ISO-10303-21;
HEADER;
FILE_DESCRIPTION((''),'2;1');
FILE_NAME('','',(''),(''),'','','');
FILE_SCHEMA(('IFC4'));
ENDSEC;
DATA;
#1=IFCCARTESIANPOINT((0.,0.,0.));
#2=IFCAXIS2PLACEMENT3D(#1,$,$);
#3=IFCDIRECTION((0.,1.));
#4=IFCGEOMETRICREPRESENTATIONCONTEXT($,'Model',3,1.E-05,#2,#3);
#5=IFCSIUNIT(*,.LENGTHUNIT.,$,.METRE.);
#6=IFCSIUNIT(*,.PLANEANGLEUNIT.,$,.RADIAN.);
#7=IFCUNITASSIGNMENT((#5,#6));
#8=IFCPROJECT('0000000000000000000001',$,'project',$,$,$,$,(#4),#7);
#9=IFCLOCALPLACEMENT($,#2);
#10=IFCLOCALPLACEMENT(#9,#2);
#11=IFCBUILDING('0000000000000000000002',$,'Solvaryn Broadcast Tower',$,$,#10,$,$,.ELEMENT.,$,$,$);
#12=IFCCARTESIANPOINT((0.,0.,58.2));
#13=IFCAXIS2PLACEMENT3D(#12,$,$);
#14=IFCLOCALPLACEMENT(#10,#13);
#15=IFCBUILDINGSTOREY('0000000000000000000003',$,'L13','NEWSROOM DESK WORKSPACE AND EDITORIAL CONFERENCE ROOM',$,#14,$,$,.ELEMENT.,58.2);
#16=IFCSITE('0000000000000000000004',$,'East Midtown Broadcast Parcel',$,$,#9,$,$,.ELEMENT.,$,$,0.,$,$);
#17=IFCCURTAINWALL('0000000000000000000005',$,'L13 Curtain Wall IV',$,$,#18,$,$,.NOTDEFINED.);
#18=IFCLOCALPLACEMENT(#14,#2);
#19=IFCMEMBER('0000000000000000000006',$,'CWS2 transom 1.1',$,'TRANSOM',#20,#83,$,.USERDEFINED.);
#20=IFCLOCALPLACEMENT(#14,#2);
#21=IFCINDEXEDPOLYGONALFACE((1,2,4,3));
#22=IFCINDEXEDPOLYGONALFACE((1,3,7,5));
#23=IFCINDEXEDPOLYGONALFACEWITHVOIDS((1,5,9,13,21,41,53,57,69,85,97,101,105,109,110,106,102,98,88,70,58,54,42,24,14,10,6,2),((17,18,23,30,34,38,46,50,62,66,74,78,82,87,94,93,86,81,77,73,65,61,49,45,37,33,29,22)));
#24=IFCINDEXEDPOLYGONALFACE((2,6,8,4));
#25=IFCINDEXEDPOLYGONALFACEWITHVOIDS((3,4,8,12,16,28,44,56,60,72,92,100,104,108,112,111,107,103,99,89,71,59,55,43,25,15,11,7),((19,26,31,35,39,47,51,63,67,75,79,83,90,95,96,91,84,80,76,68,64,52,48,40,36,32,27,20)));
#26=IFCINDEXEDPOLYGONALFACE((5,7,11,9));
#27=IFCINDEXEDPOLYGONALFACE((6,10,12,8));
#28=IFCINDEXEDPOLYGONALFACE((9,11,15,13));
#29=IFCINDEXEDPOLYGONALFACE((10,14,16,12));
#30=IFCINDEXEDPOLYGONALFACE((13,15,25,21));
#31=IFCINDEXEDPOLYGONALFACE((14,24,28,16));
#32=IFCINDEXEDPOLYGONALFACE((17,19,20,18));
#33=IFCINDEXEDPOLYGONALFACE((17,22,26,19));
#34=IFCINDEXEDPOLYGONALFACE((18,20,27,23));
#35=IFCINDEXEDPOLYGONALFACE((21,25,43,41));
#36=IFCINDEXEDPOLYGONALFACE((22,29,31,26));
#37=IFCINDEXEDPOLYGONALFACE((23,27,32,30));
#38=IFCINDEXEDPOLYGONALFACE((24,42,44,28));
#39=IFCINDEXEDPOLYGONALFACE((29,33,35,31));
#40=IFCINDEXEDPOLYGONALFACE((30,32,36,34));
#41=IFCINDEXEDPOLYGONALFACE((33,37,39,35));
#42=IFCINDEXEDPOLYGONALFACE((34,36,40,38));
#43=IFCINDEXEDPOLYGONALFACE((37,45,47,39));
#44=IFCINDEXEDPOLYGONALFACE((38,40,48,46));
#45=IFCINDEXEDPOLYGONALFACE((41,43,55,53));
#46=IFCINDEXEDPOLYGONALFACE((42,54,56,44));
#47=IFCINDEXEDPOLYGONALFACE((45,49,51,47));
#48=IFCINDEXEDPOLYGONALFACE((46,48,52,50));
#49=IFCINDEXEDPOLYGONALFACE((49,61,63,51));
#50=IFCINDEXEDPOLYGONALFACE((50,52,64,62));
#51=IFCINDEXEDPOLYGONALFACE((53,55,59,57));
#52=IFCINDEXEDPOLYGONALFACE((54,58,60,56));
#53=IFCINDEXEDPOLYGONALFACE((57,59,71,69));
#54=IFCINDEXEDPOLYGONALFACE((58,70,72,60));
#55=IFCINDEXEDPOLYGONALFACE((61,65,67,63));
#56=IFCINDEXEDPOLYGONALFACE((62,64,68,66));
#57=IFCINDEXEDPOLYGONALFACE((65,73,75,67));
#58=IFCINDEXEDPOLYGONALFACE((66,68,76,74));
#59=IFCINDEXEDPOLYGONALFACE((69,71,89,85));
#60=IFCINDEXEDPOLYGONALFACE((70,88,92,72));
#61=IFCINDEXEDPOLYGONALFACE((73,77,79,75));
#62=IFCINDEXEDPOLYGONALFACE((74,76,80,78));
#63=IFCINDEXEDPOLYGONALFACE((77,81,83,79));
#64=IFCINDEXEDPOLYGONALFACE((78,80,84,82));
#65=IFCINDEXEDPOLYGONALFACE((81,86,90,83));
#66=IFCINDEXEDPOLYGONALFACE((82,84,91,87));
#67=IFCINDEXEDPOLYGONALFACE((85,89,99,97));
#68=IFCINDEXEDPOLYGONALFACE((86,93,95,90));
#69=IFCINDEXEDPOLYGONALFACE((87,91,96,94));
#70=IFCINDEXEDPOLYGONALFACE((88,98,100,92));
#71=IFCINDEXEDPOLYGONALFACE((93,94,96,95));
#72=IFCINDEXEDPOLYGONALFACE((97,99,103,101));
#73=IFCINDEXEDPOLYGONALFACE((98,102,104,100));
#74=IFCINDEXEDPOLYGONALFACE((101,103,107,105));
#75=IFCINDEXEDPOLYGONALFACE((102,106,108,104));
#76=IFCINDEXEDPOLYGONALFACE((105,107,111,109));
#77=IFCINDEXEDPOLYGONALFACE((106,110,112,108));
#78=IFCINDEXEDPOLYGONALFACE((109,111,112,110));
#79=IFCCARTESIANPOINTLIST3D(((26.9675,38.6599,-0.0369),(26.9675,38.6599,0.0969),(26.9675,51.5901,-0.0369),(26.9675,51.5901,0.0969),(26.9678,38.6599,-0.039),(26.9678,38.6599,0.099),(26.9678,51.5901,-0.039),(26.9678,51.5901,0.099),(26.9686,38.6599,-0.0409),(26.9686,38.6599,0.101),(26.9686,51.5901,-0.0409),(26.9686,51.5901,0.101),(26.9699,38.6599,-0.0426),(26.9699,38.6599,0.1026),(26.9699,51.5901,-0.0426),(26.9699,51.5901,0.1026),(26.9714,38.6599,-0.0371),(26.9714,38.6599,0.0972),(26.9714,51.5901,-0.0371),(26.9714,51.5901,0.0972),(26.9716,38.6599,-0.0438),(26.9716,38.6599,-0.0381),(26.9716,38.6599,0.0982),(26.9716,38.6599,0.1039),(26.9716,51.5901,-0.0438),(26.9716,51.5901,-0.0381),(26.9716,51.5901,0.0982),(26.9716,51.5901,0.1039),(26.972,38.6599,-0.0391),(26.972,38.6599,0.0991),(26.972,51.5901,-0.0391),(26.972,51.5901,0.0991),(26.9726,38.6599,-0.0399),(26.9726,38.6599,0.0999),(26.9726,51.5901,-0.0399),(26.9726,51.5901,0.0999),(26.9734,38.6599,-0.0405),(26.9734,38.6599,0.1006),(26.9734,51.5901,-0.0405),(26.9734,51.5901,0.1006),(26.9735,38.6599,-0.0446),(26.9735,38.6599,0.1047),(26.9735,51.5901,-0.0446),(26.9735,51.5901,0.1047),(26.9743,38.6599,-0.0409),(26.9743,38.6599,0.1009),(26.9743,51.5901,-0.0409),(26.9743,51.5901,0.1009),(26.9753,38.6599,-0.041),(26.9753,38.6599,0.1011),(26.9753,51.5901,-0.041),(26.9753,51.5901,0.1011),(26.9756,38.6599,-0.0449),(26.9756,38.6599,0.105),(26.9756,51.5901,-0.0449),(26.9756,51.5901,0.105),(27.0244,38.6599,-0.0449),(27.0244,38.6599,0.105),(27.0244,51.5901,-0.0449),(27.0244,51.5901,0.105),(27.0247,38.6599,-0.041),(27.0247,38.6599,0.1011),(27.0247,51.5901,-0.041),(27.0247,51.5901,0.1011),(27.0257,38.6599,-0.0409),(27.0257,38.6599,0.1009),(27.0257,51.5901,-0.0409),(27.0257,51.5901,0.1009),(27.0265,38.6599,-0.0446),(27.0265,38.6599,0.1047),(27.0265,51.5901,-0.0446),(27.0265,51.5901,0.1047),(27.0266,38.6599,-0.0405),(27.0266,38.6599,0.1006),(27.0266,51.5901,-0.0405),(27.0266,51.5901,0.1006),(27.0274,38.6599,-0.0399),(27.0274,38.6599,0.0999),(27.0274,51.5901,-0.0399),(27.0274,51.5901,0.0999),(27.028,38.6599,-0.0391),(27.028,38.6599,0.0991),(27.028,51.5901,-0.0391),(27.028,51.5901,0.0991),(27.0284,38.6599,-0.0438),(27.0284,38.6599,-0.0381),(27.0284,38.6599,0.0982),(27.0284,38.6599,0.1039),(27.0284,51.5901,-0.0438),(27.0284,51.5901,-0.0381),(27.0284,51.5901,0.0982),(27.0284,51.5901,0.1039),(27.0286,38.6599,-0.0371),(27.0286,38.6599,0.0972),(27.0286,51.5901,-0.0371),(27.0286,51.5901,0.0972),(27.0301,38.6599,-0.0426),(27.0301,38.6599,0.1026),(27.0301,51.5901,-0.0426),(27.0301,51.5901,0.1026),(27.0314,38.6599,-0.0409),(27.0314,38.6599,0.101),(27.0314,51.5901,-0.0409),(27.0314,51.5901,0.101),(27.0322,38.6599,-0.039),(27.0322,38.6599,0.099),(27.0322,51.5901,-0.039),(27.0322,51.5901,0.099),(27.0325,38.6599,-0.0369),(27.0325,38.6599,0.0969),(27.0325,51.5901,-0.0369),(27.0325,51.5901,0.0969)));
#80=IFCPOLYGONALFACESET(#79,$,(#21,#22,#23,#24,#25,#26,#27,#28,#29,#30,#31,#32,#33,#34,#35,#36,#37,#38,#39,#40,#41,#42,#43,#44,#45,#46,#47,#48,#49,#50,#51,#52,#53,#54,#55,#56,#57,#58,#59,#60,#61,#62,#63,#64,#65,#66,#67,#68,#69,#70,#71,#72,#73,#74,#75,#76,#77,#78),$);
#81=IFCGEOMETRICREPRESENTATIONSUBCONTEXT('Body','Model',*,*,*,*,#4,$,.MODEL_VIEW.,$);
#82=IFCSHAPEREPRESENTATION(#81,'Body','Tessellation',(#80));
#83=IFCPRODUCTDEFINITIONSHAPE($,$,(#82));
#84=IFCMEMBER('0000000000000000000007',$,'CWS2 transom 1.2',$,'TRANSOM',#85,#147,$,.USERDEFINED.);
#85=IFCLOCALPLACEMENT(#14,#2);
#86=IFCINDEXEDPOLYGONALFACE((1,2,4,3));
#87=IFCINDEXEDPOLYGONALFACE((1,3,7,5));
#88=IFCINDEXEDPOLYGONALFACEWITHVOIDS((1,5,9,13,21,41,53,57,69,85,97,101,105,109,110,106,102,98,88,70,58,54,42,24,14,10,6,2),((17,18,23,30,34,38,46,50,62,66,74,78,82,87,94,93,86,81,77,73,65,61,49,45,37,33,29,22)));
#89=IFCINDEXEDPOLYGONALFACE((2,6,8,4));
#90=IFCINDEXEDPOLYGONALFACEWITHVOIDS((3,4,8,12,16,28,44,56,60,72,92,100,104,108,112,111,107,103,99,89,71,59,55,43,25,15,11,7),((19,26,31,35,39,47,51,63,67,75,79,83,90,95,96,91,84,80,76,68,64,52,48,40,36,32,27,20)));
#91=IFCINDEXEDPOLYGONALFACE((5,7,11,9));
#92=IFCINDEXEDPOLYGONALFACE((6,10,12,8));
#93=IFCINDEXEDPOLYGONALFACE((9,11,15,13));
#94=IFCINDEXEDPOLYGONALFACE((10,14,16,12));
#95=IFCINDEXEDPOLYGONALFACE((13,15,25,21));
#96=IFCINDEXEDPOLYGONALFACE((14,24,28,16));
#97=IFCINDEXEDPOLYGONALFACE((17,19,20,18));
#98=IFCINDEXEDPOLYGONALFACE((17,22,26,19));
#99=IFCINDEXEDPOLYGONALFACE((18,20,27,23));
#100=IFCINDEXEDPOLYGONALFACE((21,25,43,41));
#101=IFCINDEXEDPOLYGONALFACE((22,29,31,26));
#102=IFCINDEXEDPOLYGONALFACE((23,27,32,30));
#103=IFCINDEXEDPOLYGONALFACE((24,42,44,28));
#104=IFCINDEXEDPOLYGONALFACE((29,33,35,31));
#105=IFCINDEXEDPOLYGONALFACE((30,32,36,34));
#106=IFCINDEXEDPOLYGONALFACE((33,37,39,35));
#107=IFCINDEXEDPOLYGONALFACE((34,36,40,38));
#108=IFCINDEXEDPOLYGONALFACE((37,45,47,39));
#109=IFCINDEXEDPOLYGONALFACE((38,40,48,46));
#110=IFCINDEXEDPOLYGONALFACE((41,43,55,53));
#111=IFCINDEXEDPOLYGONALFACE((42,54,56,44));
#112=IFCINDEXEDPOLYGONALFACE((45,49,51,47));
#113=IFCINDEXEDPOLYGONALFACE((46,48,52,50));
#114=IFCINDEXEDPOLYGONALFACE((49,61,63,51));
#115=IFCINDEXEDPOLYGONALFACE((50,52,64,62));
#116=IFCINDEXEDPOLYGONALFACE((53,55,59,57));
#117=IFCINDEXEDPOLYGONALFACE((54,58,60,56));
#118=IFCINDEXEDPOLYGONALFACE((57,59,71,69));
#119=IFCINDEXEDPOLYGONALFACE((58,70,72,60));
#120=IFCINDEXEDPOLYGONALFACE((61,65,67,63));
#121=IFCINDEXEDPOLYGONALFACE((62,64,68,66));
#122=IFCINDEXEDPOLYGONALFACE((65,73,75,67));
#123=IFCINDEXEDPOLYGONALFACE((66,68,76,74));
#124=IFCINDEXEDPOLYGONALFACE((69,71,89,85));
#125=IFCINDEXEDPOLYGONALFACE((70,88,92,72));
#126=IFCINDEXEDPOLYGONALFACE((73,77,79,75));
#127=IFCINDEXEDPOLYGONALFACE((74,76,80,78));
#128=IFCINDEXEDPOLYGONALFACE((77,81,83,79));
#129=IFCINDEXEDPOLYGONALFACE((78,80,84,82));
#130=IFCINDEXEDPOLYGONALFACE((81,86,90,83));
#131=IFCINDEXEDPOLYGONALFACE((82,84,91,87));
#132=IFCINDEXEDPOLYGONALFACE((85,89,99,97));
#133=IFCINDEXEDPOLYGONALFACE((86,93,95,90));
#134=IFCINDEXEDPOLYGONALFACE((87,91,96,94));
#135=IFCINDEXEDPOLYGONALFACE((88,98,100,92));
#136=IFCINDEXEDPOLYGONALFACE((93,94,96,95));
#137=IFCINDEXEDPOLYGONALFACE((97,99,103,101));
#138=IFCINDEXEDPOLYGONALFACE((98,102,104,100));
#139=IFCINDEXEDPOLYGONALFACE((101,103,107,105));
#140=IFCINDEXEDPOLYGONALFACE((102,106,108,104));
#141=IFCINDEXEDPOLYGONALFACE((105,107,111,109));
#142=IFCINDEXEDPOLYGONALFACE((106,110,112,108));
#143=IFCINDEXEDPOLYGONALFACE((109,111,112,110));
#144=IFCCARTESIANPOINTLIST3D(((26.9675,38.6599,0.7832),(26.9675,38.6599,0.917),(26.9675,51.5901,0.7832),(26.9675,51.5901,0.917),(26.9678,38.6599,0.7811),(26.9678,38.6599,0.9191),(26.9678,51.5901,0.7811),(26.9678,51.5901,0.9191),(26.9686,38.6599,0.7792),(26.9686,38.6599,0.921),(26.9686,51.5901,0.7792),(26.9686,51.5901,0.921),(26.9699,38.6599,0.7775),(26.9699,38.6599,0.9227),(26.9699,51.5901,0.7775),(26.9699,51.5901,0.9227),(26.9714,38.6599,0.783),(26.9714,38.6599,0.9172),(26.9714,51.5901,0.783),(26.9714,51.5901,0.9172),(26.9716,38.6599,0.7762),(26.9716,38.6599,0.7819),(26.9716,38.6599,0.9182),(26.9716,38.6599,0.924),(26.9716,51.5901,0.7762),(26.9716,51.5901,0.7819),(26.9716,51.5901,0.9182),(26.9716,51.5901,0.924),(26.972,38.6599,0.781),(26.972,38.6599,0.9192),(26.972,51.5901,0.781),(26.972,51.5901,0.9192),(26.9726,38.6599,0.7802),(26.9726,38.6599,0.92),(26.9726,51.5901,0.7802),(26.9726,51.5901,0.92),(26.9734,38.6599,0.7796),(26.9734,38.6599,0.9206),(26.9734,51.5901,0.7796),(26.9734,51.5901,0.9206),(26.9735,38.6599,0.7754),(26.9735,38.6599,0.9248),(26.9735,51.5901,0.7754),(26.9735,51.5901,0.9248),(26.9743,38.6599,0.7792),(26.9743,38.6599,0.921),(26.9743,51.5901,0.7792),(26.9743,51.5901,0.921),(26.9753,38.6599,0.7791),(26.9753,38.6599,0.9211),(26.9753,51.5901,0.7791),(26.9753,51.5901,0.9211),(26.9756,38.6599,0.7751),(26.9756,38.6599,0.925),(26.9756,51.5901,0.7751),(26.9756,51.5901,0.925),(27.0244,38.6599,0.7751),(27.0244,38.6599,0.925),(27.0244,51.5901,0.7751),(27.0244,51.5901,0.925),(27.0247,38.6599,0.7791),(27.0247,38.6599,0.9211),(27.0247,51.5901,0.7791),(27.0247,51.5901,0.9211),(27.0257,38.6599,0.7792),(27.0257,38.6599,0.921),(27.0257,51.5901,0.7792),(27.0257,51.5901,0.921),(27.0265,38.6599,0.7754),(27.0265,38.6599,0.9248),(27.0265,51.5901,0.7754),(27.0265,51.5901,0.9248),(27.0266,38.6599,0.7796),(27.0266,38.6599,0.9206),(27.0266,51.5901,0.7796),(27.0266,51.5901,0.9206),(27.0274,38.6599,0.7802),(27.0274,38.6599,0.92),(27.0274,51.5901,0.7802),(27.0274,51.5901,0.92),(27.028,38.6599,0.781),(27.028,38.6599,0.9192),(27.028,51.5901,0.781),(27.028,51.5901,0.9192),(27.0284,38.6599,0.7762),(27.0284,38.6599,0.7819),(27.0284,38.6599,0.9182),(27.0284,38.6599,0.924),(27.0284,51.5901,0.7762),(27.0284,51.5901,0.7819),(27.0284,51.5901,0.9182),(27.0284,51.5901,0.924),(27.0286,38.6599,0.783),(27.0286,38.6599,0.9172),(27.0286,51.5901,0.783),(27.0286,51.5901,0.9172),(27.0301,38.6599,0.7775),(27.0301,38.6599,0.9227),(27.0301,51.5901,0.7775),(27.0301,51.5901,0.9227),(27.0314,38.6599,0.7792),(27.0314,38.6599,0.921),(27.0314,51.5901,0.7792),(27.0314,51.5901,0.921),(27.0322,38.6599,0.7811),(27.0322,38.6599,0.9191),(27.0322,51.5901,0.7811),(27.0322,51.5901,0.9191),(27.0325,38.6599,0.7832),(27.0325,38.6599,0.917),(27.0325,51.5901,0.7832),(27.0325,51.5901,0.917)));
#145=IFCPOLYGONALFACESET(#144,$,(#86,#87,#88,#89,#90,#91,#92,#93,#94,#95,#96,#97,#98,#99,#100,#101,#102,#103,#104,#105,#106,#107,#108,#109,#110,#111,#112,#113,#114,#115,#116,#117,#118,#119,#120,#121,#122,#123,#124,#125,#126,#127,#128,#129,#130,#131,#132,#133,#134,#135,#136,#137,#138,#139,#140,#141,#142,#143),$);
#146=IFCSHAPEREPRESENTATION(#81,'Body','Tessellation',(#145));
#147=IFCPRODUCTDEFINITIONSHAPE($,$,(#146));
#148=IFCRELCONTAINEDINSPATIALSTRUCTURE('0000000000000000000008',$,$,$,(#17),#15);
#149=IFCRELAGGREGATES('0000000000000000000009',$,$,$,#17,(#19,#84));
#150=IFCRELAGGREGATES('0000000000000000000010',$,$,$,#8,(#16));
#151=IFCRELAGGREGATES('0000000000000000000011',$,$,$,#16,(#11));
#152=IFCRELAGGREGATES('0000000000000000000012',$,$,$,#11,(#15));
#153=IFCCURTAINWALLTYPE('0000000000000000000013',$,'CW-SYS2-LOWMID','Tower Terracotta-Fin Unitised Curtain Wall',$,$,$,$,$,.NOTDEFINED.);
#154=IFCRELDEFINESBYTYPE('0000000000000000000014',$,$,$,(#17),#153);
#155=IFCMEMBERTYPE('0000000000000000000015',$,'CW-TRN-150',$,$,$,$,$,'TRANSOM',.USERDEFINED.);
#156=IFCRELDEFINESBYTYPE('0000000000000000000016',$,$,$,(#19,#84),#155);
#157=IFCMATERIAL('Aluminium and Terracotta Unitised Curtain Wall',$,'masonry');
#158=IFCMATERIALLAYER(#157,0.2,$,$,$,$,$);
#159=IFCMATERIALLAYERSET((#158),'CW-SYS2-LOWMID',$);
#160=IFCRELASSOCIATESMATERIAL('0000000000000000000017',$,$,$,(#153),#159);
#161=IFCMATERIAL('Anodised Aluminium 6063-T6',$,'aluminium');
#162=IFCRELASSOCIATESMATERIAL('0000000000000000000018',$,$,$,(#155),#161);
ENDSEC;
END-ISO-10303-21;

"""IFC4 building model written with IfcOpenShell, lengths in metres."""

from ifc_helpers import new_model, si_unit, direction, frame, origin, origin_2d, place, context, subcontext, project, spatial, hollow_rectangle, extrude, material, layer, layer_set, material_profile, profile_set, type_object, element, aggregate, save


model = new_model("IFC4")

# Units and contexts
model_context = context("Model", 3, precision=1e-05, world=origin(), true_north=direction((0.0, 1.0)))
body_context = subcontext(model_context, "Body", "Model", "MODEL_VIEW")
ifc_project = project(units=[si_unit("LENGTHUNIT", "METRE"), si_unit("PLANEANGLEUNIT", "RADIAN")], contexts=[model_context])

# Site, building, storey
site_placement = place(None, origin())
site = spatial("IfcSite", under=ifc_project, at=site_placement, Name="East Midtown Broadcast Parcel", CompositionType="ELEMENT", RefElevation=0.0)
building_placement = place(site_placement, origin())
building = spatial("IfcBuilding", under=site, at=building_placement, Name="Solvaryn Broadcast Tower", CompositionType="ELEMENT")
storey_placement = place(building_placement, frame((0.0, 0.0, 58.2)))
storey = spatial("IfcBuildingStorey", under=building, at=storey_placement, Name="L13", Description="NEWSROOM DESK WORKSPACE AND EDITORIAL CONFERENCE ROOM", CompositionType="ELEMENT", Elevation=58.2)

# Curtain wall
ifc_material_1 = material(Name="Aluminium and Terracotta Unitised Curtain Wall", Category="masonry")
ifc_layer_1 = layer(ifc_material_1, 0.2)
ifc_layer_set_1 = layer_set([ifc_layer_1], Name="CW-SYS2-LOWMID")
curtain_wall_type = type_object("IfcCurtainWallType", Name="CW-SYS2-LOWMID", Description="Tower Terracotta-Fin Unitised Curtain Wall", PredefinedType="NOTDEFINED", material=ifc_layer_set_1)
curtain_wall_1_placement = place(storey_placement, origin())
curtain_wall_1 = element("IfcCurtainWall", 1, at=curtain_wall_1_placement, inside=storey, type_object=curtain_wall_type, Name="L13 Curtain Wall IV", PredefinedType="NOTDEFINED")

# Members
ifc_material_2 = material(Name="Anodised Aluminium 6063-T6", Category="aluminium")
ifc_material_profile_1 = material_profile(ifc_material_2, hollow_rectangle(XDim=0.0649, YDim=0.1499, WallThickness=0.0039, InnerFilletRadius=0.0039, OuterFilletRadius=0.0081, at=origin_2d()))
ifc_profile_set_1 = profile_set([ifc_material_profile_1], Name="Anodised Aluminium 6063-T6")
member_type_1 = type_object("IfcMemberType", Name="CW-TRN-150", ElementType="TRANSOM", PredefinedType="USERDEFINED", material=ifc_profile_set_1)
member_1_placement = place(storey_placement, frame((27.0, 51.5901, 0.03), z_axis=(0.0, -1.0, 0.0), x_axis=(1.0, 0.0, 0.0)))
member_1 = element("IfcMember", 2, at=member_1_placement, type_object=member_type_1, Name="CWS2 transom 1.1", ObjectType="TRANSOM", PredefinedType="USERDEFINED", context=body_context, shape_type="SweptSolid", body=[
    extrude(hollow_rectangle(XDim=0.0649, YDim=0.1499, WallThickness=0.0039, InnerFilletRadius=0.0039, OuterFilletRadius=0.0081, at=origin_2d()), origin(), (0.0, 0.0, 1.0), 12.9302),
])
member_2_placement = place(storey_placement, frame((27.0, 51.5901, 0.8501), z_axis=(0.0, -1.0, 0.0), x_axis=(1.0, 0.0, 0.0)))
member_2 = element("IfcMember", 3, at=member_2_placement, type_object=member_type_1, Name="CWS2 transom 1.2", ObjectType="TRANSOM", PredefinedType="USERDEFINED", context=body_context, shape_type="SweptSolid", body=[
    extrude(hollow_rectangle(XDim=0.0649, YDim=0.1499, WallThickness=0.0039, InnerFilletRadius=0.0039, OuterFilletRadius=0.0081, at=origin_2d()), origin(), (0.0, 0.0, 1.0), 12.9302),
])

aggregate(curtain_wall_1, [member_1, member_2])

save(model, "model.ifc")
